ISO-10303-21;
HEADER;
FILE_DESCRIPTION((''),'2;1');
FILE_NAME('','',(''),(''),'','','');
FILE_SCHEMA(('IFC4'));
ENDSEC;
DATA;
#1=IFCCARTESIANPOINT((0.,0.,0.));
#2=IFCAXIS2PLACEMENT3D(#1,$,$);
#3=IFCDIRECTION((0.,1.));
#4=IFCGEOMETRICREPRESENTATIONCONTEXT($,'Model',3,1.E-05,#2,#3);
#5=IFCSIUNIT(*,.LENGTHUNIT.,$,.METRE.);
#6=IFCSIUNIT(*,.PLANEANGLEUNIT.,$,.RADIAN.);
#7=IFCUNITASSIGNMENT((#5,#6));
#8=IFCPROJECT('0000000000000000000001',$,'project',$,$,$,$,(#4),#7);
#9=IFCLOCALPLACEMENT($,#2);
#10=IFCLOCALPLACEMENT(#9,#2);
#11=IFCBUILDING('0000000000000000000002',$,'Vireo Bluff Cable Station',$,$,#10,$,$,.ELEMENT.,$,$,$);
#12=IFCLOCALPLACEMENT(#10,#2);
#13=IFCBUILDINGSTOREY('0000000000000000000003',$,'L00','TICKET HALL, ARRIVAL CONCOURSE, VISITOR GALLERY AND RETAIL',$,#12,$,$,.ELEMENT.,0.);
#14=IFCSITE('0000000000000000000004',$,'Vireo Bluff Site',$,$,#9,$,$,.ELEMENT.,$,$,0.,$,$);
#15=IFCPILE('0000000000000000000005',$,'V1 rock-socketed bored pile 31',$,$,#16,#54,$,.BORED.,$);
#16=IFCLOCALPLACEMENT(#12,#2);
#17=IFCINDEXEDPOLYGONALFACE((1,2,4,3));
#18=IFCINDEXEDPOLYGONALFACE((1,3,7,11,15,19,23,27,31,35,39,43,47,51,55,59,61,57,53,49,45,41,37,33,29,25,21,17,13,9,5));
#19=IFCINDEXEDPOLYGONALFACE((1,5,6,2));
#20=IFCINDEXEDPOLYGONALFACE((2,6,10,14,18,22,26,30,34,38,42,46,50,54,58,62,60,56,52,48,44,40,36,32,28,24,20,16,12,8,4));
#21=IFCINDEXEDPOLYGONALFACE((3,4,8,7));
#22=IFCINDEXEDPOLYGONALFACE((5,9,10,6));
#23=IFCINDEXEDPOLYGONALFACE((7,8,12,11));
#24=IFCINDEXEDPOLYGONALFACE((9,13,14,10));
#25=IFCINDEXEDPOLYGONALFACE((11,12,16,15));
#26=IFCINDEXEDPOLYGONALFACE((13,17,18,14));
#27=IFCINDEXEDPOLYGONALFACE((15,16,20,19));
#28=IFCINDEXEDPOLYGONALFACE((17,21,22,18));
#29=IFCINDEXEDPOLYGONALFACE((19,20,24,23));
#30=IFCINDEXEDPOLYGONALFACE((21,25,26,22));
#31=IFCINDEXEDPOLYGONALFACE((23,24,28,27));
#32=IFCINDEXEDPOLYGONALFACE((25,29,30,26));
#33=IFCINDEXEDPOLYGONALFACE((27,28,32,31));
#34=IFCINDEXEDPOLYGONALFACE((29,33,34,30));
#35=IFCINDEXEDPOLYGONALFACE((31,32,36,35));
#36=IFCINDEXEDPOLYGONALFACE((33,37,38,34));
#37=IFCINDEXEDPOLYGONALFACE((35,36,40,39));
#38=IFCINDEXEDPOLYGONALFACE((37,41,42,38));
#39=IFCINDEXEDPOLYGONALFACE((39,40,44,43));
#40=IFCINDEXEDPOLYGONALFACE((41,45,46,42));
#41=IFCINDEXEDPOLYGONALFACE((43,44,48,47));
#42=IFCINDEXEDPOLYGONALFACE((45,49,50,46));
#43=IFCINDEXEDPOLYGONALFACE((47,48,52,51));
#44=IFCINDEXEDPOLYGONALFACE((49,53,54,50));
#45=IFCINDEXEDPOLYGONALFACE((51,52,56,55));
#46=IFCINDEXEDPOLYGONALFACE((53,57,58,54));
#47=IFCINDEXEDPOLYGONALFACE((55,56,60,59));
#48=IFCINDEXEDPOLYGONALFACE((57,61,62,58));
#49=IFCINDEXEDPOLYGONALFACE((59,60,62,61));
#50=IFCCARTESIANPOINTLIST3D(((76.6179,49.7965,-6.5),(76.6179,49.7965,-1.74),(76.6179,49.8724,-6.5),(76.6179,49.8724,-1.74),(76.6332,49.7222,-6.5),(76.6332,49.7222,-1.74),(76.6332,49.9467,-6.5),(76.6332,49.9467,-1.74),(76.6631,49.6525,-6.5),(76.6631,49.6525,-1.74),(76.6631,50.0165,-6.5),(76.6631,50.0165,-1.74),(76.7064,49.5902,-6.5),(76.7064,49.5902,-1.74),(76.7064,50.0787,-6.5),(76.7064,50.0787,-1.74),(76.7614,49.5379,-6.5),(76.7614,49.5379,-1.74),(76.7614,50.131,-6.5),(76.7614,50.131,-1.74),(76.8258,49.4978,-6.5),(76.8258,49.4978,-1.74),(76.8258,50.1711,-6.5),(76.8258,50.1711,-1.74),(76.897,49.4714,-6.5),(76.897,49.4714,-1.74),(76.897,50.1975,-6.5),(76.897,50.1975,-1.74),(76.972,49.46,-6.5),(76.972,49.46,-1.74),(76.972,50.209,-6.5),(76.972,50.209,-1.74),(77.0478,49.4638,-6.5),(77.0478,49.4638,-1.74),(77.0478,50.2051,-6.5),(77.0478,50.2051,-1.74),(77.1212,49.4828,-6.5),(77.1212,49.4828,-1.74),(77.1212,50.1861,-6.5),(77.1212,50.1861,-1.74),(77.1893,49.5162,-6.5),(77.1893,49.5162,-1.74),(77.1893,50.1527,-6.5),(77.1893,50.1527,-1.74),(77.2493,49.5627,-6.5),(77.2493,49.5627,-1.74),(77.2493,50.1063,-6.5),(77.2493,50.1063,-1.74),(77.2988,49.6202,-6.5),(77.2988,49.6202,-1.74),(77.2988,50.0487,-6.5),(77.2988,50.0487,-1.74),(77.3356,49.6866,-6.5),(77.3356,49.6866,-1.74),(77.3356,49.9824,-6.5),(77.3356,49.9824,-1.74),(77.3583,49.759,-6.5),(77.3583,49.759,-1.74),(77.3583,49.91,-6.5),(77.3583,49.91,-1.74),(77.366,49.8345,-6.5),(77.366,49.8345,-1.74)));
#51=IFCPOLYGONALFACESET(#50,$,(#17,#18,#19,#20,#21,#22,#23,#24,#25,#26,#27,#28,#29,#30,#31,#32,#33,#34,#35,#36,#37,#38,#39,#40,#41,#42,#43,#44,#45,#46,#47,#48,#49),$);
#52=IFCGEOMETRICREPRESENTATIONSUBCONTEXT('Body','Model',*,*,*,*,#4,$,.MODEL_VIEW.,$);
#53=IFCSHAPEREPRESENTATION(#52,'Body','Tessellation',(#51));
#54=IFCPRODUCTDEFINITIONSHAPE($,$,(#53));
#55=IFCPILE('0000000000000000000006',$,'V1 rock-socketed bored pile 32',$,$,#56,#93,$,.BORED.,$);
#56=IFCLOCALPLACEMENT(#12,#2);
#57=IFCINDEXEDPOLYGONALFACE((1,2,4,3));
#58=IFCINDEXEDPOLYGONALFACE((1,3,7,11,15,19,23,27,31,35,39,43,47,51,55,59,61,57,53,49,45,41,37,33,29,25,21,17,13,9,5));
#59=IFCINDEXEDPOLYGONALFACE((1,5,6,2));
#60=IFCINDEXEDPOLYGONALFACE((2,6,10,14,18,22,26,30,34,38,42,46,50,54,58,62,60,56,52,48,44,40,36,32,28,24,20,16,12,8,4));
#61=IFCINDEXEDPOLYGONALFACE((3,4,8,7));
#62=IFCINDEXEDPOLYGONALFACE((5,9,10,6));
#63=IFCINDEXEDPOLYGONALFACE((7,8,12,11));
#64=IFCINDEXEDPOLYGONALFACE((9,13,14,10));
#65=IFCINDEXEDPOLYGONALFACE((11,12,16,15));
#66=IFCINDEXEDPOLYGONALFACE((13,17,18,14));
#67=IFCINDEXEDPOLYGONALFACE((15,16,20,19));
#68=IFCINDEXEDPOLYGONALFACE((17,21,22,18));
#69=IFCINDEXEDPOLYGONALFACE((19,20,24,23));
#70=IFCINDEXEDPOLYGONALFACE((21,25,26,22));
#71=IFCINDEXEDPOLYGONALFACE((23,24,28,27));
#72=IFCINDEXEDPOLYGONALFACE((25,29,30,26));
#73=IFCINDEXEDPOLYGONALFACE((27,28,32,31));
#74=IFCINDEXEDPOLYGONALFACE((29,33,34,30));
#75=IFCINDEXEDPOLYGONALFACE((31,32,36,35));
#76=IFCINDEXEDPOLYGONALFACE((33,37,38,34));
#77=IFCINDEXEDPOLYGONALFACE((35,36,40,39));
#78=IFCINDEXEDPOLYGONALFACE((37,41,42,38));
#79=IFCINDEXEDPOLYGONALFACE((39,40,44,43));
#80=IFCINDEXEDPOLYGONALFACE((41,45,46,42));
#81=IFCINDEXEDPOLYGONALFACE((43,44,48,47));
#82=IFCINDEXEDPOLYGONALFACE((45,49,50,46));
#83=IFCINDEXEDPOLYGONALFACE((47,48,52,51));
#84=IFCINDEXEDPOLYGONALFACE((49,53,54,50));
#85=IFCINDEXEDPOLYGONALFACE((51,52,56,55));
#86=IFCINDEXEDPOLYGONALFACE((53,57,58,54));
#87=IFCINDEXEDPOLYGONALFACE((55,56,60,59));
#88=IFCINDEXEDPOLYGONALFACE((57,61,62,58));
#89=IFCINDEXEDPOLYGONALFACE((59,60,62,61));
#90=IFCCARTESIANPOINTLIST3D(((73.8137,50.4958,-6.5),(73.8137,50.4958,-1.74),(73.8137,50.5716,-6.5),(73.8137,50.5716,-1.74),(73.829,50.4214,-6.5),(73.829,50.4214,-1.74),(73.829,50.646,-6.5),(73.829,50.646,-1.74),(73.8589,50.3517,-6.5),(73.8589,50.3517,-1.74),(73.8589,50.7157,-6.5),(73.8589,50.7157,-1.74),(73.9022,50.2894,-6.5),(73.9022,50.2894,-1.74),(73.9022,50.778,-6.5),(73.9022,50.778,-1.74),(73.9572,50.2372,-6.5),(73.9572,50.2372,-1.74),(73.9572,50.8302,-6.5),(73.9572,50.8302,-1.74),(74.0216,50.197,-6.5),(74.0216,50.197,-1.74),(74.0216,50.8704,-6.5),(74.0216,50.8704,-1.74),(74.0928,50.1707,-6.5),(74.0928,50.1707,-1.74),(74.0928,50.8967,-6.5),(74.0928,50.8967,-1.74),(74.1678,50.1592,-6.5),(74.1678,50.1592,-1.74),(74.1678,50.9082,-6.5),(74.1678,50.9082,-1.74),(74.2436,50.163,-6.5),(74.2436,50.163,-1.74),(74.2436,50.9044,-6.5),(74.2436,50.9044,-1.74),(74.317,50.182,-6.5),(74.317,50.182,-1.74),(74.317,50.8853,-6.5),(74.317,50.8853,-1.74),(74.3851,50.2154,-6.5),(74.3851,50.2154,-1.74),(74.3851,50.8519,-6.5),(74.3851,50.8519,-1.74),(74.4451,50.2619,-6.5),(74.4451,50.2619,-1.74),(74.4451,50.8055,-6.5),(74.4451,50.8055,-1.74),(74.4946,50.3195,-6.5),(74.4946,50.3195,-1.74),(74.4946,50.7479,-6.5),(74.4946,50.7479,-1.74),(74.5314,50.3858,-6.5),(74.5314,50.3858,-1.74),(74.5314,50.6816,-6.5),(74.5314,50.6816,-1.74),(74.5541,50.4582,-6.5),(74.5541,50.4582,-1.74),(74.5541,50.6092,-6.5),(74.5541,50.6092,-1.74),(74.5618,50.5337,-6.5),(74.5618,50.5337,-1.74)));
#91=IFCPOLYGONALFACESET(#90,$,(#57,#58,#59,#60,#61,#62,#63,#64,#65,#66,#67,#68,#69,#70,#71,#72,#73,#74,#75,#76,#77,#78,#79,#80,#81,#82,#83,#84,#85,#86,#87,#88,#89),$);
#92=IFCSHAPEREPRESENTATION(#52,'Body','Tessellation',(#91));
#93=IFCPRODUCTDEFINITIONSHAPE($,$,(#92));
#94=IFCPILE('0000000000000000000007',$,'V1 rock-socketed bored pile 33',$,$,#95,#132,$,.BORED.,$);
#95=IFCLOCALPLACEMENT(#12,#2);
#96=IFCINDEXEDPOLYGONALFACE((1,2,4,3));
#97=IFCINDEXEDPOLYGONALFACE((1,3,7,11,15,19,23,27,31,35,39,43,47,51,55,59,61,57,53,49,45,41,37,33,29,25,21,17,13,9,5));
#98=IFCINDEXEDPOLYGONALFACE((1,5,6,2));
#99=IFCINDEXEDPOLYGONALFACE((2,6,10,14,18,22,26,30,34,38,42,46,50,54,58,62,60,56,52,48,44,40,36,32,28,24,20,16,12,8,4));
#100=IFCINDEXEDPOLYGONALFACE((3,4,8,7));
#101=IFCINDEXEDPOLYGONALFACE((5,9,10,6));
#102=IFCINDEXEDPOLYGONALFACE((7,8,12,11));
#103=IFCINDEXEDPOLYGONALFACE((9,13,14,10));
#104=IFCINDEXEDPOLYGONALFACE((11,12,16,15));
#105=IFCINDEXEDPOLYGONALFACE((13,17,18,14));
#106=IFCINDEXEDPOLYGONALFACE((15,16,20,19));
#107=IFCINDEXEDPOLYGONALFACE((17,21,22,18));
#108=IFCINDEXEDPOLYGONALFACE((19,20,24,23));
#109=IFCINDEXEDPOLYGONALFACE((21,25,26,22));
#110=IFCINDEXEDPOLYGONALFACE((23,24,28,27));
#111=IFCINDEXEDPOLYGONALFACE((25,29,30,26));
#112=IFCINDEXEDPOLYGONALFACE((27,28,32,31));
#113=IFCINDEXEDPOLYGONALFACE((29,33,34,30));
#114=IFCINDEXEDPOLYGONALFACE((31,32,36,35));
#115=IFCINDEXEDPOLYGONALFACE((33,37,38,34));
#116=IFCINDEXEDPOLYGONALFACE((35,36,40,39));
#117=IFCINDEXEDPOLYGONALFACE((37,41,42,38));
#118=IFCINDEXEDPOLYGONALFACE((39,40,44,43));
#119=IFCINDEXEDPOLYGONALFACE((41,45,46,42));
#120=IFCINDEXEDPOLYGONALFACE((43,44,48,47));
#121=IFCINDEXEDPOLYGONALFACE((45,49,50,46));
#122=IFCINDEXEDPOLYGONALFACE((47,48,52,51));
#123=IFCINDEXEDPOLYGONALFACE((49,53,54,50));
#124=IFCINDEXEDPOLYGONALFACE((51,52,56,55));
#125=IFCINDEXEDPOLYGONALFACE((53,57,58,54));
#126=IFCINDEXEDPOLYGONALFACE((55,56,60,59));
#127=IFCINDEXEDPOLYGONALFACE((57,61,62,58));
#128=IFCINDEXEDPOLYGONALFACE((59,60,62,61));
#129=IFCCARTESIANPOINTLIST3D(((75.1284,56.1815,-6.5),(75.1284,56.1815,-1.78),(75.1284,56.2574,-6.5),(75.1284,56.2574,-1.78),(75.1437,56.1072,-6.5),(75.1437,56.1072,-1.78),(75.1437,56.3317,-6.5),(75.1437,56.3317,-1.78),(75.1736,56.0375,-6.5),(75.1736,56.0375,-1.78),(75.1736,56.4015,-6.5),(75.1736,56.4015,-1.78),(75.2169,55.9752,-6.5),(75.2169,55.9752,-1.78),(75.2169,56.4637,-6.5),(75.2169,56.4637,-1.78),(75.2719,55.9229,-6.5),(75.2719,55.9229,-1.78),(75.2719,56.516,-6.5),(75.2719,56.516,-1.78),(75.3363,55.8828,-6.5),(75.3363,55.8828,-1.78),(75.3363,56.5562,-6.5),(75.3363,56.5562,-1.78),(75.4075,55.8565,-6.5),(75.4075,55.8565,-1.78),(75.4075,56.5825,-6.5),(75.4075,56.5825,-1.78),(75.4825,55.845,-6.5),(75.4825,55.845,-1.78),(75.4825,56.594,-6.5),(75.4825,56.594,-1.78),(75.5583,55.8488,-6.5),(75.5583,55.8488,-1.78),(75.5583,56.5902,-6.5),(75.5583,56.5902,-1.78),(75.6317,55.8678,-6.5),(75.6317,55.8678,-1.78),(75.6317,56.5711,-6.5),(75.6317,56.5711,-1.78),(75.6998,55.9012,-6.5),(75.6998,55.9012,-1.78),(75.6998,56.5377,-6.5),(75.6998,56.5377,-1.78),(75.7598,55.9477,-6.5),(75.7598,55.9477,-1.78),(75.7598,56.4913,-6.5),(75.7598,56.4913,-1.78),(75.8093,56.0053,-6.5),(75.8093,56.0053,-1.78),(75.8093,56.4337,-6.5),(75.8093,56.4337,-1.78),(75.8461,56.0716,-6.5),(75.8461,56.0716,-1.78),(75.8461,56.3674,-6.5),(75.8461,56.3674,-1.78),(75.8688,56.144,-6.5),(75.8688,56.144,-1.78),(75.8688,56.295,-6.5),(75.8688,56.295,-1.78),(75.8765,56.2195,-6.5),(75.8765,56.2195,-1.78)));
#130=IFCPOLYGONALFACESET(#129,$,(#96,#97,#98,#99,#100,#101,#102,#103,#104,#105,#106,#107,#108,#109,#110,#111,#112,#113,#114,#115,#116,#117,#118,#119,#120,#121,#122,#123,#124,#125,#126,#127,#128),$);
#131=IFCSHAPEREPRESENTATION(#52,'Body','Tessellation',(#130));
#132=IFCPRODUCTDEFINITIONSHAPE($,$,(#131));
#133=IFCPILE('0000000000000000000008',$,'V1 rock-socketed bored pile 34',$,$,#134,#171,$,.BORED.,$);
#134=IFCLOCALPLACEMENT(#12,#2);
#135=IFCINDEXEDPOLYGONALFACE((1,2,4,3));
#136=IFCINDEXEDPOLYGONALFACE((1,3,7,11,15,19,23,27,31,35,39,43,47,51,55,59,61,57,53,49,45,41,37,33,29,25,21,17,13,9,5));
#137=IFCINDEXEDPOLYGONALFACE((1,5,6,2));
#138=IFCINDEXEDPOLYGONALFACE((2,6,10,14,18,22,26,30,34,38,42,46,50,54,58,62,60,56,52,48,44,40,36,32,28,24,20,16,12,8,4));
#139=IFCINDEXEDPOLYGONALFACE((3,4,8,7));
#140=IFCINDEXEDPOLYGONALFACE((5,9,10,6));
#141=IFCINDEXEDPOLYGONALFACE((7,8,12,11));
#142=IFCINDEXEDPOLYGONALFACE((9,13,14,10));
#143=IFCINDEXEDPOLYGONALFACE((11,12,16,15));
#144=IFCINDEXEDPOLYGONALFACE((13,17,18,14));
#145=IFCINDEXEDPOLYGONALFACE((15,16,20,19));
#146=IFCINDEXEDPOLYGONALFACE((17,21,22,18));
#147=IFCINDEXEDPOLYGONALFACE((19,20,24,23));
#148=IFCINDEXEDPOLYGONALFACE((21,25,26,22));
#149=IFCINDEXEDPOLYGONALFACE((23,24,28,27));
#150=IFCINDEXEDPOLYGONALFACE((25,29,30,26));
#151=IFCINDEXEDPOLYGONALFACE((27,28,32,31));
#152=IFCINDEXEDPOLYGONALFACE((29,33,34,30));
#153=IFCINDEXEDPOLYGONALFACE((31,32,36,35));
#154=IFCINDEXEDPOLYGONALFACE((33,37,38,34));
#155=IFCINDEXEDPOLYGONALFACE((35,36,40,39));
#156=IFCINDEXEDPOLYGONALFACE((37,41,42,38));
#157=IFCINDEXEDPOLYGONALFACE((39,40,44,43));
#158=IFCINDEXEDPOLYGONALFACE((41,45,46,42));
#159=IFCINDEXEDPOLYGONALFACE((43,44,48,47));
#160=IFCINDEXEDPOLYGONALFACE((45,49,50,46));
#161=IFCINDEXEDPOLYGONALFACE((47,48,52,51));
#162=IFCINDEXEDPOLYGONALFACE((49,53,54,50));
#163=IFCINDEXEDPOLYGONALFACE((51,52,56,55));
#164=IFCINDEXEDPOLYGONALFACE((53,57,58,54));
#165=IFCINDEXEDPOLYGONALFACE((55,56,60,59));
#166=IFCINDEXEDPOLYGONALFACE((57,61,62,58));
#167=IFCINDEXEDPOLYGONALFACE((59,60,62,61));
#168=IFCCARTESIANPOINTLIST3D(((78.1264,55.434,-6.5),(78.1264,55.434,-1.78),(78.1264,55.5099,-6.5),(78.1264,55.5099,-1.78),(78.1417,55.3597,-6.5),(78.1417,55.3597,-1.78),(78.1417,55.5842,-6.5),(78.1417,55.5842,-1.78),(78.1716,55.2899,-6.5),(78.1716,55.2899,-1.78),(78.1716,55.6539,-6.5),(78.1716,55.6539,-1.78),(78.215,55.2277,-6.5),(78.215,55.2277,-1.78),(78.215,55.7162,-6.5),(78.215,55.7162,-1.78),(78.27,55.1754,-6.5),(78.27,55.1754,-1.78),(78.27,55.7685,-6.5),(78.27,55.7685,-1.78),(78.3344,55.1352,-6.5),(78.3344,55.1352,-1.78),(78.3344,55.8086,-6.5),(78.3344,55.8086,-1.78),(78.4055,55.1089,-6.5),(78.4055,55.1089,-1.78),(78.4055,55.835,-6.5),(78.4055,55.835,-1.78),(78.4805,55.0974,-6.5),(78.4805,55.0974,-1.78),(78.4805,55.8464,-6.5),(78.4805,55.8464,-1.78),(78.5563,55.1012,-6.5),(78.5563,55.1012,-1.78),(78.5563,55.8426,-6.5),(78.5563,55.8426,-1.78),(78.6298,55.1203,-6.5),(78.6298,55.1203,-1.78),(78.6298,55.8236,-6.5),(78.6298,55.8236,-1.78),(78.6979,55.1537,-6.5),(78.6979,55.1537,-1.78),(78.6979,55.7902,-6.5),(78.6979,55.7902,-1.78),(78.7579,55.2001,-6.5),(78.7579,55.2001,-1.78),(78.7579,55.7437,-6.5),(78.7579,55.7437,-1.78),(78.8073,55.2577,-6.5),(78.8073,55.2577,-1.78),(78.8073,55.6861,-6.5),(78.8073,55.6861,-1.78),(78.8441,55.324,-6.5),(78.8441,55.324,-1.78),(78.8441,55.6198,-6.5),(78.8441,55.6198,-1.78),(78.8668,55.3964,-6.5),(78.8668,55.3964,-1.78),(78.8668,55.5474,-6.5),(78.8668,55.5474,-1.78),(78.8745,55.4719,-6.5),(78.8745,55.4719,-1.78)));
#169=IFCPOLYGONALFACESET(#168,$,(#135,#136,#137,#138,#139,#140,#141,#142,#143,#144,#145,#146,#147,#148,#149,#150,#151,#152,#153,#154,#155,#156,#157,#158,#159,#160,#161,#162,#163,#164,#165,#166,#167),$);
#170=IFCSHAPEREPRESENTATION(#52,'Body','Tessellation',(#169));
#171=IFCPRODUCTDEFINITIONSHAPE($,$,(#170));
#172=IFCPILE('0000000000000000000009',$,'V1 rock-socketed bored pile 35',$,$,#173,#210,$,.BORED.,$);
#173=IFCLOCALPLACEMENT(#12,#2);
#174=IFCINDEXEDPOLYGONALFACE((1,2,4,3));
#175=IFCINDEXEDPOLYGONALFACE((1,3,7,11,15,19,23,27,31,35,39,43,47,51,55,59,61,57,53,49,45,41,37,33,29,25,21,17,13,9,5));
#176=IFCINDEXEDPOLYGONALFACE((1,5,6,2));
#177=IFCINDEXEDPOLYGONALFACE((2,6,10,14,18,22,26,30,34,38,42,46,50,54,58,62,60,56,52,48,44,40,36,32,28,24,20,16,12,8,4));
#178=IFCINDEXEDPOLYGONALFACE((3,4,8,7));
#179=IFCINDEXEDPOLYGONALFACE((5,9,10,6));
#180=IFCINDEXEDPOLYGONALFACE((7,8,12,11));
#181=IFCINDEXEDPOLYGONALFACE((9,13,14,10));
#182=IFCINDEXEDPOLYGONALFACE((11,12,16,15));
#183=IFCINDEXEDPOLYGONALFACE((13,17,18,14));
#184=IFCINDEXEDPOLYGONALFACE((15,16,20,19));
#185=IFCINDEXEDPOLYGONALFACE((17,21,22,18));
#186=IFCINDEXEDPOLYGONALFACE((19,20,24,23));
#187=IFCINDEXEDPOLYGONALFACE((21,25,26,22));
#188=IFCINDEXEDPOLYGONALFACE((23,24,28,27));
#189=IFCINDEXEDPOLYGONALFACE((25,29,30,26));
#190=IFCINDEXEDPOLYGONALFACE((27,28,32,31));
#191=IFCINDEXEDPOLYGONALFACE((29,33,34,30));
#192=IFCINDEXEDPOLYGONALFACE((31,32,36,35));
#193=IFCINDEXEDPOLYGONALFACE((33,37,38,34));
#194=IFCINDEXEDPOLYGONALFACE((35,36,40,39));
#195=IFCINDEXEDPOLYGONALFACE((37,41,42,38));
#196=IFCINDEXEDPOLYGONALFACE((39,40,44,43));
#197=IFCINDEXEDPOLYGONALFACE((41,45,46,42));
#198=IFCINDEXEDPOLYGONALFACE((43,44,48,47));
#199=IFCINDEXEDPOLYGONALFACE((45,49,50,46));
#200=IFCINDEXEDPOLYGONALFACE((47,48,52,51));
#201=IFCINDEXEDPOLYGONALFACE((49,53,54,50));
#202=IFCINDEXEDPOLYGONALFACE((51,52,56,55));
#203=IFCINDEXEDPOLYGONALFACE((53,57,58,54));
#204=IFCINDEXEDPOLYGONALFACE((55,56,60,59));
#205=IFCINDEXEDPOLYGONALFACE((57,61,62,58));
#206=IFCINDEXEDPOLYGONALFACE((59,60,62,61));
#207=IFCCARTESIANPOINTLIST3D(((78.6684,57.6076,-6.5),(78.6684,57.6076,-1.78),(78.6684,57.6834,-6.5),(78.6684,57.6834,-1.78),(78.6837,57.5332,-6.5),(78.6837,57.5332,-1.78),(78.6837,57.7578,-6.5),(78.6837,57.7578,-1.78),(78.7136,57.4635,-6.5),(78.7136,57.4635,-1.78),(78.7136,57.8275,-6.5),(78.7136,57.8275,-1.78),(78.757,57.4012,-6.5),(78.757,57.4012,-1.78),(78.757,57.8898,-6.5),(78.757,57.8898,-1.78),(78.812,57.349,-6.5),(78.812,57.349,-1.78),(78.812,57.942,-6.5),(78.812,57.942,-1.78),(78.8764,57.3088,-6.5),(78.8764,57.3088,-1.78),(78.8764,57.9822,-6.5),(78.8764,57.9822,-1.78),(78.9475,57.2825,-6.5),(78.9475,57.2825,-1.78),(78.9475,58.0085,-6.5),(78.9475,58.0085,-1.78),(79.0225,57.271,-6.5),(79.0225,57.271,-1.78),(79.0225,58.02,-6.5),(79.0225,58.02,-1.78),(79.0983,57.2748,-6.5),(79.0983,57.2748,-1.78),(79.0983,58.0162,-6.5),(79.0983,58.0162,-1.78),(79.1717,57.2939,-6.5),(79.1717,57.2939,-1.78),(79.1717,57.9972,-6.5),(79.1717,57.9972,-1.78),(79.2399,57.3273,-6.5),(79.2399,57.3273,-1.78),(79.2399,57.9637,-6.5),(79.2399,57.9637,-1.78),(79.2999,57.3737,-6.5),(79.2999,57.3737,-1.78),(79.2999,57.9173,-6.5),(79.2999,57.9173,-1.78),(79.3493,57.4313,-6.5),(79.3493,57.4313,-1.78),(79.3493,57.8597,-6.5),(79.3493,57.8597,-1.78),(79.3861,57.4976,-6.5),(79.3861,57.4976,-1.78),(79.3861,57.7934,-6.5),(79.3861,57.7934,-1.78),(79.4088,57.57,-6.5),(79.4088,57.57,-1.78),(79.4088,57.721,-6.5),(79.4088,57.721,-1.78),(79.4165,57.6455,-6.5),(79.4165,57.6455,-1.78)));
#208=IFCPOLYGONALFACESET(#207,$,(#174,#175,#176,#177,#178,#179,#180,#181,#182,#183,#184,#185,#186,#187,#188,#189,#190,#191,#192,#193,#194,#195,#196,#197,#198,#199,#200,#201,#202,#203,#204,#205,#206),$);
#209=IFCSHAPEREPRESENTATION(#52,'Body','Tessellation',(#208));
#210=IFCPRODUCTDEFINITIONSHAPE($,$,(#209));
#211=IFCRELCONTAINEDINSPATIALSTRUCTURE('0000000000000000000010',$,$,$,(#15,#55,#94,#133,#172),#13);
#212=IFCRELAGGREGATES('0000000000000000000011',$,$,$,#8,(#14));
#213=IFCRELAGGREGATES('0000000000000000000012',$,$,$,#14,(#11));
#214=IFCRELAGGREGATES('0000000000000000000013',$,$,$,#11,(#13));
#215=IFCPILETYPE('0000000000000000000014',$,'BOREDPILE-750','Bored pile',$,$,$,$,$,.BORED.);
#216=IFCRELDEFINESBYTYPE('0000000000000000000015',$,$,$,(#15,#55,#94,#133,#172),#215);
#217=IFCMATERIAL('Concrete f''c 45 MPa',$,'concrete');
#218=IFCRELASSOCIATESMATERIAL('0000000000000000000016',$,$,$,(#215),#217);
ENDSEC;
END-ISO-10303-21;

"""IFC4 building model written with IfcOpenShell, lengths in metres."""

from ifc_helpers import new_model, si_unit, direction, frame, origin, origin_2d, place, context, subcontext, project, spatial, circle, extrude, material, material_profile, profile_set, type_object, element, save


model = new_model("IFC4")

# Units and contexts
model_context = context("Model", 3, precision=1e-05, world=origin(), true_north=direction((0.0, 1.0)))
body_context = subcontext(model_context, "Body", "Model", "MODEL_VIEW")
ifc_project = project(units=[si_unit("LENGTHUNIT", "METRE"), si_unit("PLANEANGLEUNIT", "RADIAN")], contexts=[model_context])

# Site, building, storey
site_placement = place(None, origin())
site = spatial("IfcSite", under=ifc_project, at=site_placement, Name="Vireo Bluff Site", CompositionType="ELEMENT", RefElevation=0.0)
building_placement = place(site_placement, origin())
building = spatial("IfcBuilding", under=site, at=building_placement, Name="Vireo Bluff Cable Station", CompositionType="ELEMENT")
storey_placement = place(building_placement, origin())
storey = spatial("IfcBuildingStorey", under=building, at=storey_placement, Name="L00", Description="TICKET HALL, ARRIVAL CONCOURSE, VISITOR GALLERY AND RETAIL", CompositionType="ELEMENT", Elevation=0.0)

# Piles
ifc_material_1 = material(Name="Concrete f'c 45 MPa", Category="concrete")
ifc_material_profile_1 = material_profile(ifc_material_1, circle(Radius=0.375, at=origin_2d()), Name="BOREDPILE-750")
ifc_profile_set_1 = profile_set([ifc_material_profile_1], Name="Concrete f'c 45 MPa")
pile_type_1 = type_object("IfcPileType", Name="BOREDPILE-750", Description="Bored pile", PredefinedType="BORED", material=ifc_profile_set_1)
for number, where, z_axis, x_axis, name in (
    (1, (76.991, 49.8345, -1.74), (0.0, 0.0, -1.0), (1.0, 0.0, 0.0), "V1 rock-socketed bored pile 31"),
    (2, (74.1868, 50.5337, -1.74), (0.0, 0.0, -1.0), (1.0, 0.0, 0.0), "V1 rock-socketed bored pile 32"),
):
    element("IfcPile", number, at=place(storey_placement, frame(where, z_axis=z_axis, x_axis=x_axis)), inside=storey, type_object=pile_type_1, Name=name, PredefinedType="BORED", context=body_context, shape_type="SweptSolid", body=[
        extrude(circle(Radius=0.375, at=origin_2d()), origin(), (0.0, 0.0, 1.0), 4.76),
    ])
for number, where, z_axis, x_axis, name in (
    (3, (75.5015, 56.2195, -1.78), (0.0, 0.0, -1.0), (1.0, 0.0, 0.0), "V1 rock-socketed bored pile 33"),
    (4, (78.4995, 55.4719, -1.78), (0.0, 0.0, -1.0), (1.0, 0.0, 0.0), "V1 rock-socketed bored pile 34"),
    (5, (79.0415, 57.6455, -1.78), (0.0, 0.0, -1.0), (1.0, 0.0, 0.0), "V1 rock-socketed bored pile 35"),
):
    element("IfcPile", number, at=place(storey_placement, frame(where, z_axis=z_axis, x_axis=x_axis)), inside=storey, type_object=pile_type_1, Name=name, PredefinedType="BORED", context=body_context, shape_type="SweptSolid", body=[
        extrude(circle(Radius=0.375, at=origin_2d()), origin(), (0.0, 0.0, 1.0), 4.72),
    ])

save(model, "model.ifc")
